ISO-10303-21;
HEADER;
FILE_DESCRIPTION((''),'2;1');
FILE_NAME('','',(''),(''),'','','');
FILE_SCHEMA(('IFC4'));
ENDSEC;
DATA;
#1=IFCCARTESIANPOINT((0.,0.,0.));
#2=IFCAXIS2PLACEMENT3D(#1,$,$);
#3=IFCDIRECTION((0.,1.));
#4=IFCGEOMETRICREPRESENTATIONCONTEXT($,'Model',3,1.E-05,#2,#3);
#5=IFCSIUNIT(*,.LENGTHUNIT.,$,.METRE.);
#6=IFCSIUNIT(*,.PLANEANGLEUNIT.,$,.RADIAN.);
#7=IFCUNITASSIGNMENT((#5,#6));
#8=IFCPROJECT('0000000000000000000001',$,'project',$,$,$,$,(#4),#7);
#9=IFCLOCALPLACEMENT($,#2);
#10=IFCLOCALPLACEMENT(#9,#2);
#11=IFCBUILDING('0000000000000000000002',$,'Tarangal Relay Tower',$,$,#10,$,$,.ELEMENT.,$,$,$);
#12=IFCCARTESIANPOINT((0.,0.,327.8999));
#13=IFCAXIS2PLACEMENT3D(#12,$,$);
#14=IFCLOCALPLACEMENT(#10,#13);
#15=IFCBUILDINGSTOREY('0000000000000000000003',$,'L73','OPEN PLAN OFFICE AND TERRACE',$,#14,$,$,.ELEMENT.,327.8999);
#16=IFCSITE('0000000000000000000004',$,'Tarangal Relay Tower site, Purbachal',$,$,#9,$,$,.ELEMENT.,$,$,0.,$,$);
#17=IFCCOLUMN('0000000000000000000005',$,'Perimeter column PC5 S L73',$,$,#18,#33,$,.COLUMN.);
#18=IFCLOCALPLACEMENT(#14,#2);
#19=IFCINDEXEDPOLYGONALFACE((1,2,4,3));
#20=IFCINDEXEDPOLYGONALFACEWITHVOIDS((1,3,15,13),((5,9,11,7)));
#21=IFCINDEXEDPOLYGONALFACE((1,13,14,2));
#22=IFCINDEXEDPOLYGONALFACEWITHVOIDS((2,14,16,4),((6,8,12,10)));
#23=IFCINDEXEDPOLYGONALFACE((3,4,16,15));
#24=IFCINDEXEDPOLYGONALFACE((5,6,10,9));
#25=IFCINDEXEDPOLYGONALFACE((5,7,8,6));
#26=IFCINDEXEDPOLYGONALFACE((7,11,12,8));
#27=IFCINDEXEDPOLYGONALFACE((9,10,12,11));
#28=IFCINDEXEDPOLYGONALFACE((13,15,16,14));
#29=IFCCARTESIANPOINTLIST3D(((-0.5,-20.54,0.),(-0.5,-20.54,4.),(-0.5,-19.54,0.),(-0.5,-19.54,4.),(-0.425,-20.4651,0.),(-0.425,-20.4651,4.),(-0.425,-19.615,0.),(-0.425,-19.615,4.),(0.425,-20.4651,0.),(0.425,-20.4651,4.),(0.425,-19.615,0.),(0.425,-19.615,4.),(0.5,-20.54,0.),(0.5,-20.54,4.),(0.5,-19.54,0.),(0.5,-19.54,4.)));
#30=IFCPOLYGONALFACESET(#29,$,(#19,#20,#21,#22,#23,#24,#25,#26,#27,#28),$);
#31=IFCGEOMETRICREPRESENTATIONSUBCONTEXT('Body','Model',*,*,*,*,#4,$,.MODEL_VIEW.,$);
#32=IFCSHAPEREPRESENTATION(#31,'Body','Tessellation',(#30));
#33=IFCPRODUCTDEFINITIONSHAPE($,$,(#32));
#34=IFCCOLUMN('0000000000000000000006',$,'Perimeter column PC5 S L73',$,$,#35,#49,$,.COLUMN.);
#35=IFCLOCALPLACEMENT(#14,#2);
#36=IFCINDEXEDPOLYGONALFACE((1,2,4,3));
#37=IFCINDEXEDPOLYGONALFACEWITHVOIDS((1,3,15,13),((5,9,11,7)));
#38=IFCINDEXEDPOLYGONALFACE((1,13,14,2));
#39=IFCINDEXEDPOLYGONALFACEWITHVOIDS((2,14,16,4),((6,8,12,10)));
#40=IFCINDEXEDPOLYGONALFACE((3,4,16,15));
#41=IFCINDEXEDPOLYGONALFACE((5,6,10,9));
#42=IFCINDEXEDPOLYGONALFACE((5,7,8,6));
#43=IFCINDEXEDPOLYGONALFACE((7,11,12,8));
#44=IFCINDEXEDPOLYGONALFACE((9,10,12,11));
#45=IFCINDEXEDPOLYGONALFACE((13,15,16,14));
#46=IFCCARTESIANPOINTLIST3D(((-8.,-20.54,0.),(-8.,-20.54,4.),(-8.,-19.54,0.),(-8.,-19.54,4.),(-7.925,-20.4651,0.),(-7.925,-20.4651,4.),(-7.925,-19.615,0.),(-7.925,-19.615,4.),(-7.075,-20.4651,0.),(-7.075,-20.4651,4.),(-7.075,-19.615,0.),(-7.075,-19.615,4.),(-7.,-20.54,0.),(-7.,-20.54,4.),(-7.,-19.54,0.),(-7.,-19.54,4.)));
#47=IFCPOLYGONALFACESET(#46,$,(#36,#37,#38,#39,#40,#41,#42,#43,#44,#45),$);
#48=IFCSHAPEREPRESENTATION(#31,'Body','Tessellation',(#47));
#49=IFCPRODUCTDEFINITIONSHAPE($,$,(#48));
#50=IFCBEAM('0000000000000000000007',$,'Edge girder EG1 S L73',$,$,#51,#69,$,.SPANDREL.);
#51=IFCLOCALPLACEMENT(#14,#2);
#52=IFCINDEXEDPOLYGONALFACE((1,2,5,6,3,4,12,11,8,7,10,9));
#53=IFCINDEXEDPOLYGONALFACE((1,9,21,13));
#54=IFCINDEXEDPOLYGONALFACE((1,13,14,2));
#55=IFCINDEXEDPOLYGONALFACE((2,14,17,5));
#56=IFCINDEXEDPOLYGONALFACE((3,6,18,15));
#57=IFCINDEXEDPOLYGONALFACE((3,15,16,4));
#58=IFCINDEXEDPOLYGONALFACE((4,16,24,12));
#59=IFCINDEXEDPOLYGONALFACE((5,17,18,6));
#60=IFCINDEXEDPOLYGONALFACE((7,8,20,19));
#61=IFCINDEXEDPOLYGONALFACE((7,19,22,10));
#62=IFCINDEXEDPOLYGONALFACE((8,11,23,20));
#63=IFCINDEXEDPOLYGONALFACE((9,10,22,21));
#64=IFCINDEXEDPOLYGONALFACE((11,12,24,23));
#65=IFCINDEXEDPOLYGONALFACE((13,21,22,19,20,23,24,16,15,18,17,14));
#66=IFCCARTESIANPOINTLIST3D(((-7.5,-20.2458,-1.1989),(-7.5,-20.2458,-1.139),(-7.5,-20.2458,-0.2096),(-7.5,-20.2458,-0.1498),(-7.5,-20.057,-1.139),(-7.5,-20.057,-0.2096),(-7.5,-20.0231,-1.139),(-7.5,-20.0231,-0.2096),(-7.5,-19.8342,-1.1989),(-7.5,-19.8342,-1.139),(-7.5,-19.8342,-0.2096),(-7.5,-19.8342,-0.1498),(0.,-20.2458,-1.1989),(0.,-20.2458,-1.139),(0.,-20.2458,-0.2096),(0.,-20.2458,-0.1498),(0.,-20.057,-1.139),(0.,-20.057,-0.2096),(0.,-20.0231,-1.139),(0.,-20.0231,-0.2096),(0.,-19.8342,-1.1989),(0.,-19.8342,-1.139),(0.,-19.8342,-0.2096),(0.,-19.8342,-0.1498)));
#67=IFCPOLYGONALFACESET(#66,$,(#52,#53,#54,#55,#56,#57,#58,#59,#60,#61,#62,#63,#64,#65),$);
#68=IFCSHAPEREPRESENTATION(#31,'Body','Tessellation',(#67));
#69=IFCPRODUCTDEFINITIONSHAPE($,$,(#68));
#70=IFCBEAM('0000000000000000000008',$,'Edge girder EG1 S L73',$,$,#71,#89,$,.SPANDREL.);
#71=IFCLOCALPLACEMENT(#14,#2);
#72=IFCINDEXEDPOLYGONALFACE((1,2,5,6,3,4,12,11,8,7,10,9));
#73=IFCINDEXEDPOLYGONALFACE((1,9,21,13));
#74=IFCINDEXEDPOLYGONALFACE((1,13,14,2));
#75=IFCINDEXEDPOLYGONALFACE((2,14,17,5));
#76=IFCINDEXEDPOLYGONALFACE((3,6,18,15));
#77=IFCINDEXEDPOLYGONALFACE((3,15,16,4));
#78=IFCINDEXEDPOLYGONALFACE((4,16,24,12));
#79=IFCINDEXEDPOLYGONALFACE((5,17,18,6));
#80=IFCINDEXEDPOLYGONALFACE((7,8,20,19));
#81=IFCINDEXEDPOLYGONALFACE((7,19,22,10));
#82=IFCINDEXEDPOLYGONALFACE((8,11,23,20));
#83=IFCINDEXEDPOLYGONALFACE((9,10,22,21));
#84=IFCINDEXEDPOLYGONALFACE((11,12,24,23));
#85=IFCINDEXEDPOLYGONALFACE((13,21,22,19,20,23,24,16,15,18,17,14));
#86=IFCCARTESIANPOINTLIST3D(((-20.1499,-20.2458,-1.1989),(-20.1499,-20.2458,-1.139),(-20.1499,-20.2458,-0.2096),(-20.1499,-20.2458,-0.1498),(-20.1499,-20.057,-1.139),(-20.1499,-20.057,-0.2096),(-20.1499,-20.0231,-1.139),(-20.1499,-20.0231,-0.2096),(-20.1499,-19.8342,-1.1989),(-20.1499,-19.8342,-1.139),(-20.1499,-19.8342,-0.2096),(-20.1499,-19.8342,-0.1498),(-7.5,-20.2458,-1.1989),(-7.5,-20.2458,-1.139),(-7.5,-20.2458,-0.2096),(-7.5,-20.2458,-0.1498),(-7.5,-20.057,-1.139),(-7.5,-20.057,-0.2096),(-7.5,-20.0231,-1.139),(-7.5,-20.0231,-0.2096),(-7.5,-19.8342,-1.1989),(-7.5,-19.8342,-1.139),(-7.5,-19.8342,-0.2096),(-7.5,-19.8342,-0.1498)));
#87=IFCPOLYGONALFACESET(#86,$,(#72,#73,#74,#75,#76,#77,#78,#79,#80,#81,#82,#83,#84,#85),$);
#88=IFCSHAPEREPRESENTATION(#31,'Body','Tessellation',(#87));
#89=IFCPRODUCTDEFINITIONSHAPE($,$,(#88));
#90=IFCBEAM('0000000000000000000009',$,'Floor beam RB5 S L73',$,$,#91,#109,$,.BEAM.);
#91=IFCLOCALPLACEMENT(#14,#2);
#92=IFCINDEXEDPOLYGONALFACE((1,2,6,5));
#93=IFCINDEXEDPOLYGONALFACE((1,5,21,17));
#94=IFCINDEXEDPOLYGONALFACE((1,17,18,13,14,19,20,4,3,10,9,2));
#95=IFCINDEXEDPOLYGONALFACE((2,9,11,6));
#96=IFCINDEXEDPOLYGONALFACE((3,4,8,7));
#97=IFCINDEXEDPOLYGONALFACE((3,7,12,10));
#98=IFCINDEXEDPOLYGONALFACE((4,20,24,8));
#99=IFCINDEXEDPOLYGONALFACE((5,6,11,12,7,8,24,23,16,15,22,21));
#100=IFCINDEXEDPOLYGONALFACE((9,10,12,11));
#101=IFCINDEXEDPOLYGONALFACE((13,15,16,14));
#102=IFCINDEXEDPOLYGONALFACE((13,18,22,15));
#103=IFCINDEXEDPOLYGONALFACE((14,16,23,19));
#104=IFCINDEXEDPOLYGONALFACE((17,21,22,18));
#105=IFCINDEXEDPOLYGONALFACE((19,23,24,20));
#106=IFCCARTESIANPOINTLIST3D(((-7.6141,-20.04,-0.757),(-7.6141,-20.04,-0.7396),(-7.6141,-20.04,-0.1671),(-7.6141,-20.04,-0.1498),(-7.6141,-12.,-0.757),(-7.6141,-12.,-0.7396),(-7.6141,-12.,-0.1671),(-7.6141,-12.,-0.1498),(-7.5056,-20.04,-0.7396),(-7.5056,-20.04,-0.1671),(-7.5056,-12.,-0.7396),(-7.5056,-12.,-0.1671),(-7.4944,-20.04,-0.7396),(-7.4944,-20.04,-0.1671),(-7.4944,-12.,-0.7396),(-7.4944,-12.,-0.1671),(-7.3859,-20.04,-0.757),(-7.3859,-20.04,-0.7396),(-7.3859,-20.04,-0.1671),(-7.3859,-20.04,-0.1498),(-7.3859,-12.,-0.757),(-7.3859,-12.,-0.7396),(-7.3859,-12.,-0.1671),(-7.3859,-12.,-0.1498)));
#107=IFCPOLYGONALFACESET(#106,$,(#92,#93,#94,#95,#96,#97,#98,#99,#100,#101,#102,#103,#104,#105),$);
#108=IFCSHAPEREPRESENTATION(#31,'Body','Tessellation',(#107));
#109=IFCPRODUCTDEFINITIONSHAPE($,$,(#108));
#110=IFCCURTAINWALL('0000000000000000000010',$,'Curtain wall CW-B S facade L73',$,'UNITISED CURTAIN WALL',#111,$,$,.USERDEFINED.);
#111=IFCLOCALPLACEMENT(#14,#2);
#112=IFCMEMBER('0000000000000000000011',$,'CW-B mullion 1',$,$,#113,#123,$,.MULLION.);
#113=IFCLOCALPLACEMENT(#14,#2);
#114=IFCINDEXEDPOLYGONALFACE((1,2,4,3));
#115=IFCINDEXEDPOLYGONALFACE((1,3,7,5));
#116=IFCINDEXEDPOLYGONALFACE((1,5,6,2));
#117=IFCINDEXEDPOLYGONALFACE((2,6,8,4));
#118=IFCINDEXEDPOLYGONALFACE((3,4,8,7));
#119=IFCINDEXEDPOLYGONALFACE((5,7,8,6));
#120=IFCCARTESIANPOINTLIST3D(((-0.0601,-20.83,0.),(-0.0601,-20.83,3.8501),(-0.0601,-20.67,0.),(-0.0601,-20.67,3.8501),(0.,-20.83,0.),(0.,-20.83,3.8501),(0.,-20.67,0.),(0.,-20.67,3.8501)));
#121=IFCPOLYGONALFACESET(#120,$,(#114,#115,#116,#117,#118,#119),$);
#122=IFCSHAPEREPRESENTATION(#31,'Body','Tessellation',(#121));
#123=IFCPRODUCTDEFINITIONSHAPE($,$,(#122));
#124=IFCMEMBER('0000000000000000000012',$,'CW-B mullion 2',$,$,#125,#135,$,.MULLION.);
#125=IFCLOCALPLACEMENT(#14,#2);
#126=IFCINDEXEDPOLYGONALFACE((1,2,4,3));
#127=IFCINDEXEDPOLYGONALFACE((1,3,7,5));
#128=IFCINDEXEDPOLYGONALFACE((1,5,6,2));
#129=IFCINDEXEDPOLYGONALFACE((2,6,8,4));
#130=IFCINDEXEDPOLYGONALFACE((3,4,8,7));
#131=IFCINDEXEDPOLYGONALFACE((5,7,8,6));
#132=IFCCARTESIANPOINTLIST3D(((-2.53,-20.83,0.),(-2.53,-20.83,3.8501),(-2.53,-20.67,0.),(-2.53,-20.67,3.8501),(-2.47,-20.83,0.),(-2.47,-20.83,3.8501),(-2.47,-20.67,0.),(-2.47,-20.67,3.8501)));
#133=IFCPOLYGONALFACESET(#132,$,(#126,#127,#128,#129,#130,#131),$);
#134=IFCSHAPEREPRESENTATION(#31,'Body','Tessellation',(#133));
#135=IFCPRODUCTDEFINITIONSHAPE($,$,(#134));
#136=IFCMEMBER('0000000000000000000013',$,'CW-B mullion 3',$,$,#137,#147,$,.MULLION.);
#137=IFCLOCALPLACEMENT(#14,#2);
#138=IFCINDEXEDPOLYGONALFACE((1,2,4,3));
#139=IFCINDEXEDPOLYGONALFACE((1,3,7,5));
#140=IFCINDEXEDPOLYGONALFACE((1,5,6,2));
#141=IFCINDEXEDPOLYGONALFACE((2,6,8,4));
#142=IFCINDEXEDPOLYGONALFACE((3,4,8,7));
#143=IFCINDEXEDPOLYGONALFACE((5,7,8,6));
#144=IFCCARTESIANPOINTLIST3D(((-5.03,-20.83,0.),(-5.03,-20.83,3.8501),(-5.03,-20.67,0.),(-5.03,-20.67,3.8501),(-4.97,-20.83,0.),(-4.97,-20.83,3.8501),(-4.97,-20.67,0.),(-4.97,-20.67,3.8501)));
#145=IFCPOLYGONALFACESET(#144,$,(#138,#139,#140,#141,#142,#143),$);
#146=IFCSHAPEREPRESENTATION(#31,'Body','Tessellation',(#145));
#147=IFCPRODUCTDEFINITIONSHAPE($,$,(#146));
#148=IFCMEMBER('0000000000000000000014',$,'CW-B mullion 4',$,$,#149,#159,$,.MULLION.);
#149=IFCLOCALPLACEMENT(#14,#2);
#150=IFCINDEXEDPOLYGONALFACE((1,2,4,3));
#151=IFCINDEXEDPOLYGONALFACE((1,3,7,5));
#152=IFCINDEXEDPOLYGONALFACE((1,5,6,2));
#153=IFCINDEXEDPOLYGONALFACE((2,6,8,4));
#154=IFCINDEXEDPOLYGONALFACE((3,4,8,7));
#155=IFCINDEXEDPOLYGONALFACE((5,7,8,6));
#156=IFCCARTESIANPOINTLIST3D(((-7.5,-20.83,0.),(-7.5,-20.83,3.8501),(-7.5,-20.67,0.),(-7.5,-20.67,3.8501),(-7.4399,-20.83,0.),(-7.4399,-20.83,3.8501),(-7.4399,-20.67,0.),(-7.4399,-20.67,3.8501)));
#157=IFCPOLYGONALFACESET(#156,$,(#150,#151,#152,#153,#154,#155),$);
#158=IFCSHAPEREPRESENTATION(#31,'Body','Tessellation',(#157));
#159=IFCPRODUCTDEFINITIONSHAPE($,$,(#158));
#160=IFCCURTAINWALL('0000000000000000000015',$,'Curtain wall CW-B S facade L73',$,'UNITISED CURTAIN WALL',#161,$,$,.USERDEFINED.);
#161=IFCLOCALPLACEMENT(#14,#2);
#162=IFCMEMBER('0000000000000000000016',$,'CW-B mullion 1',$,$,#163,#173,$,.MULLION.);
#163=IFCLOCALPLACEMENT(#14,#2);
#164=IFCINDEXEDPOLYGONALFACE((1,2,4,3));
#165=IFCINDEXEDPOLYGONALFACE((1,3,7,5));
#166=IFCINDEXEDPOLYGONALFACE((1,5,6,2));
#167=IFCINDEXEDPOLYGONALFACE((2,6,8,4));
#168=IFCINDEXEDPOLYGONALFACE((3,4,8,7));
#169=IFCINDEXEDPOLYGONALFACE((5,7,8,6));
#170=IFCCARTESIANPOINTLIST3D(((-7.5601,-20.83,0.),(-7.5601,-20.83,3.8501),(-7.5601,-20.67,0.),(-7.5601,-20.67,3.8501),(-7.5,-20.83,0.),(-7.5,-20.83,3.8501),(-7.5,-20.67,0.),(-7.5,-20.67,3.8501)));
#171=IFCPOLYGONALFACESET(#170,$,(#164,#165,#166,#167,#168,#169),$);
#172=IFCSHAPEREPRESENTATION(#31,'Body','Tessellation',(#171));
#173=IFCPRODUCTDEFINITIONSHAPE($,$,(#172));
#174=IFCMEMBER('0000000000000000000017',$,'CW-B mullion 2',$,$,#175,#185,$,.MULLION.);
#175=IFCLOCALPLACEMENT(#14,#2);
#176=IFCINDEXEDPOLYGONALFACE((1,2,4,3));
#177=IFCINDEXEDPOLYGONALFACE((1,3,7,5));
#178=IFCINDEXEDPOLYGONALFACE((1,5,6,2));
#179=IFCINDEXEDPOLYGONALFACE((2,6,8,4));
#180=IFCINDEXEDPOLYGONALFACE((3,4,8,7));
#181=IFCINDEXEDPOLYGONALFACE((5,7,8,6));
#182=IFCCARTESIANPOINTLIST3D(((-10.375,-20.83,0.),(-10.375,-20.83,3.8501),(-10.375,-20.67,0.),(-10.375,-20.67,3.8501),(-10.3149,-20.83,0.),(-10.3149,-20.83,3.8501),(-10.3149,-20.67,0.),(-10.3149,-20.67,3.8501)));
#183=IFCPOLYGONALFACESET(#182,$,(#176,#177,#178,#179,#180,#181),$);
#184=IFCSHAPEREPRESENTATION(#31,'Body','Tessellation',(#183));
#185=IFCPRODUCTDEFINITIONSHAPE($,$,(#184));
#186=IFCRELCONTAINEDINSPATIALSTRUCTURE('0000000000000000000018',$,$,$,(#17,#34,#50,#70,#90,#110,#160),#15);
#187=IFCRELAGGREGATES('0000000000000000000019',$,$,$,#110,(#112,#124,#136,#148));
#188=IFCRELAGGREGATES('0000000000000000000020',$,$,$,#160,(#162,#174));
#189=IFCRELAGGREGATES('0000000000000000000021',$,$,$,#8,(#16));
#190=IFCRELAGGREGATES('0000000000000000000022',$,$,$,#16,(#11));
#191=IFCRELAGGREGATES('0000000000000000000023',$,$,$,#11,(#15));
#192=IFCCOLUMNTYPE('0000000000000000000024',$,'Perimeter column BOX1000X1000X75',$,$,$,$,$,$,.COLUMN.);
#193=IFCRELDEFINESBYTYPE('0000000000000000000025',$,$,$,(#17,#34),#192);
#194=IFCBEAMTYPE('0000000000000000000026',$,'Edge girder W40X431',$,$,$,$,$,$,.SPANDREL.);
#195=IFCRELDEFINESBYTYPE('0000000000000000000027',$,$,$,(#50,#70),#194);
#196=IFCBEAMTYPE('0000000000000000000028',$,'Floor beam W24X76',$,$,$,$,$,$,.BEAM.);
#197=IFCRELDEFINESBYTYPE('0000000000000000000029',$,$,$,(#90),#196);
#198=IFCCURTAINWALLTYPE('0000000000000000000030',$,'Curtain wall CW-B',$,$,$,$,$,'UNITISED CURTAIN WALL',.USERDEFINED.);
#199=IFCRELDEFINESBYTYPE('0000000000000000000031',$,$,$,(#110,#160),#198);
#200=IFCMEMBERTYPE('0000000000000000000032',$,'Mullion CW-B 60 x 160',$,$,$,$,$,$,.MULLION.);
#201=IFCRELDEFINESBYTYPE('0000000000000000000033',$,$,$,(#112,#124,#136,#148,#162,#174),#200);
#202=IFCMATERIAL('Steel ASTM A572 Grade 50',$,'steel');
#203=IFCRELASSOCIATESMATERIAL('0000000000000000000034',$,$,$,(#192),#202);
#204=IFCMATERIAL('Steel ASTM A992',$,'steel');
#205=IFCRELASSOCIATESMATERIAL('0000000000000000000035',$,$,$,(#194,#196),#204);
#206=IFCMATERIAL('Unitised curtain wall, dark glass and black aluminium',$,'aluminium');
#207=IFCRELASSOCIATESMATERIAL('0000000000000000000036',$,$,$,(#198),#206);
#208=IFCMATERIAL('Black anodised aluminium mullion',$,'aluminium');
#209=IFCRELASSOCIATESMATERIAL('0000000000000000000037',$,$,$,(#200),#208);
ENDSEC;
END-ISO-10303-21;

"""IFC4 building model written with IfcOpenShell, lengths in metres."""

from ifc_helpers import new_model, si_unit, direction, frame, origin, origin_2d, place, context, subcontext, project, spatial, rectangle, hollow_rectangle, i_section, extrude, material, material_profile, profile_set, type_object, element, aggregate, save


model = new_model("IFC4")

# Units and contexts
model_context = context("Model", 3, precision=1e-05, world=origin(), true_north=direction((0.0, 1.0)))
body_context = subcontext(model_context, "Body", "Model", "MODEL_VIEW")
ifc_project = project(units=[si_unit("LENGTHUNIT", "METRE"), si_unit("PLANEANGLEUNIT", "RADIAN")], contexts=[model_context])

# Site, building, storey
site_placement = place(None, origin())
site = spatial("IfcSite", under=ifc_project, at=site_placement, Name="Tarangal Relay Tower site, Purbachal", CompositionType="ELEMENT", RefElevation=0.0)
building_placement = place(site_placement, origin())
building = spatial("IfcBuilding", under=site, at=building_placement, Name="Tarangal Relay Tower", CompositionType="ELEMENT")
storey_placement = place(building_placement, frame((0.0, 0.0, 327.8999)))
storey = spatial("IfcBuildingStorey", under=building, at=storey_placement, Name="L73", Description="OPEN PLAN OFFICE AND TERRACE", CompositionType="ELEMENT", Elevation=327.8999)

# Columns
ifc_material_1 = material(Name="Steel ASTM A572 Grade 50", Category="steel")
ifc_material_profile_1 = material_profile(ifc_material_1, hollow_rectangle(XDim=1.0, YDim=1.0, WallThickness=0.075, at=origin_2d()), Name="BOX1000X1000X75")
ifc_profile_set_1 = profile_set([ifc_material_profile_1], Name="Steel ASTM A572 Grade 50")
column_type = type_object("IfcColumnType", Name="Perimeter column BOX1000X1000X75", PredefinedType="COLUMN", material=ifc_profile_set_1)
for number, where, z_axis, x_axis, name in (
    (1, (0.0, -20.04, 0.0), (0.0, 0.0, 1.0), (1.0, 0.0, 0.0), "Perimeter column PC5 S L73"),
    (2, (-7.5, -20.04, 0.0), (0.0, 0.0, 1.0), (1.0, 0.0, 0.0), "Perimeter column PC5 S L73"),
):
    element("IfcColumn", number, at=place(storey_placement, frame(where, z_axis=z_axis, x_axis=x_axis)), inside=storey, type_object=column_type, Name=name, PredefinedType="COLUMN", context=body_context, shape_type="SweptSolid", body=[
        extrude(hollow_rectangle(XDim=1.0, YDim=1.0, WallThickness=0.075, at=origin_2d()), origin(), (0.0, 0.0, 1.0), 4.0),
    ])

# Beams
ifc_material_2 = material(Name="Steel ASTM A992", Category="steel")
ifc_material_profile_2 = material_profile(ifc_material_2, i_section(OverallWidth=0.4116, OverallDepth=1.0491, WebThickness=0.0339, FlangeThickness=0.0598, at=origin_2d()), Name="W40X431")
ifc_profile_set_2 = profile_set([ifc_material_profile_2], Name="Steel ASTM A992")
beam_type_1 = type_object("IfcBeamType", Name="Edge girder W40X431", PredefinedType="SPANDREL", material=ifc_profile_set_2)
beam_1_placement = place(storey_placement, frame((0.0, -20.04, -0.6743), z_axis=(-1.0, 0.0, 0.0), x_axis=(0.0, -1.0, 0.0)))
element("IfcBeam", 3, at=beam_1_placement, inside=storey, type_object=beam_type_1, Name="Edge girder EG1 S L73", PredefinedType="SPANDREL", context=body_context, shape_type="SweptSolid", body=[
    extrude(i_section(OverallWidth=0.4116, OverallDepth=1.0491, WebThickness=0.0339, FlangeThickness=0.0598, at=origin_2d()), origin(), (0.0, 0.0, 1.0), 7.5),
])
beam_2_placement = place(storey_placement, frame((-7.5, -20.04, -0.6743), z_axis=(-1.0, 0.0, 0.0), x_axis=(0.0, -1.0, 0.0)))
element("IfcBeam", 4, at=beam_2_placement, inside=storey, type_object=beam_type_1, Name="Edge girder EG1 S L73", PredefinedType="SPANDREL", context=body_context, shape_type="SweptSolid", body=[
    extrude(i_section(OverallWidth=0.4116, OverallDepth=1.0491, WebThickness=0.0339, FlangeThickness=0.0598, at=origin_2d()), origin(), (0.0, 0.0, 1.0), 12.6499),
])
ifc_material_profile_3 = material_profile(ifc_material_2, i_section(OverallWidth=0.2283, OverallDepth=0.6072, WebThickness=0.0112, FlangeThickness=0.0173, at=origin_2d()), Name="W24X76")
ifc_profile_set_3 = profile_set([ifc_material_profile_3], Name="Steel ASTM A992")
beam_type_2 = type_object("IfcBeamType", Name="Floor beam W24X76", PredefinedType="BEAM", material=ifc_profile_set_3)
beam_3_placement = place(storey_placement, frame((-7.5, -12.0, -0.4534), z_axis=(0.0, -1.0, 0.0), x_axis=(1.0, 0.0, 0.0)))
element("IfcBeam", 5, at=beam_3_placement, inside=storey, type_object=beam_type_2, Name="Floor beam RB5 S L73", PredefinedType="BEAM", context=body_context, shape_type="SweptSolid", body=[
    extrude(i_section(OverallWidth=0.2283, OverallDepth=0.6072, WebThickness=0.0112, FlangeThickness=0.0173, at=origin_2d()), origin(), (0.0, 0.0, 1.0), 8.04),
])

# Curtain walls, members
ifc_material_3 = material(Name="Unitised curtain wall, dark glass and black aluminium", Category="aluminium")
curtain_wall_type_1 = type_object("IfcCurtainWallType", Name="Curtain wall CW-B", ElementType="UNITISED CURTAIN WALL", PredefinedType="USERDEFINED", material=ifc_material_3)
curtain_wall_1_placement = place(storey_placement, origin())
curtain_wall_1 = element("IfcCurtainWall", 6, at=curtain_wall_1_placement, inside=storey, type_object=curtain_wall_type_1, Name="Curtain wall CW-B S facade L73", ObjectType="UNITISED CURTAIN WALL", PredefinedType="USERDEFINED")
ifc_material_4 = material(Name="Black anodised aluminium mullion", Category="aluminium")
ifc_material_profile_4 = material_profile(ifc_material_4, rectangle(XDim=0.1599, YDim=0.0601, at=origin_2d()), Name="CW-BM 60X160")
ifc_profile_set_4 = profile_set([ifc_material_profile_4], Name="Black anodised aluminium mullion")
member_type_1 = type_object("IfcMemberType", Name="Mullion CW-B 60 x 160", PredefinedType="MULLION", material=ifc_profile_set_4)
member_1_placement = place(storey_placement, frame((-0.03, -20.75, 0.0), z_axis=(0.0, 0.0, 1.0), x_axis=(0.0, -1.0, 0.0)))
member_1 = element("IfcMember", 7, at=member_1_placement, type_object=member_type_1, Name="CW-B mullion 1", PredefinedType="MULLION", context=body_context, shape_type="SweptSolid", body=[
    extrude(rectangle(XDim=0.1599, YDim=0.0601, at=origin_2d()), origin(), (0.0, 0.0, 1.0), 3.8501),
])
member_2_placement = place(storey_placement, frame((-2.5, -20.75, 0.0), z_axis=(0.0, 0.0, 1.0), x_axis=(0.0, -1.0, 0.0)))
member_2 = element("IfcMember", 8, at=member_2_placement, type_object=member_type_1, Name="CW-B mullion 2", PredefinedType="MULLION", context=body_context, shape_type="SweptSolid", body=[
    extrude(rectangle(XDim=0.1599, YDim=0.0601, at=origin_2d()), origin(), (0.0, 0.0, 1.0), 3.8501),
])
member_3_placement = place(storey_placement, frame((-5.0, -20.75, 0.0), z_axis=(0.0, 0.0, 1.0), x_axis=(0.0, -1.0, 0.0)))
member_3 = element("IfcMember", 9, at=member_3_placement, type_object=member_type_1, Name="CW-B mullion 3", PredefinedType="MULLION", context=body_context, shape_type="SweptSolid", body=[
    extrude(rectangle(XDim=0.1599, YDim=0.0601, at=origin_2d()), origin(), (0.0, 0.0, 1.0), 3.8501),
])
member_4_placement = place(storey_placement, frame((-7.47, -20.75, 0.0), z_axis=(0.0, 0.0, 1.0), x_axis=(0.0, -1.0, 0.0)))
member_4 = element("IfcMember", 10, at=member_4_placement, type_object=member_type_1, Name="CW-B mullion 4", PredefinedType="MULLION", context=body_context, shape_type="SweptSolid", body=[
    extrude(rectangle(XDim=0.1599, YDim=0.0601, at=origin_2d()), origin(), (0.0, 0.0, 1.0), 3.8501),
])
curtain_wall_2_placement = place(storey_placement, origin())
curtain_wall_2 = element("IfcCurtainWall", 11, at=curtain_wall_2_placement, inside=storey, type_object=curtain_wall_type_1, Name="Curtain wall CW-B S facade L73", ObjectType="UNITISED CURTAIN WALL", PredefinedType="USERDEFINED")
member_5_placement = place(storey_placement, frame((-7.53, -20.75, 0.0), z_axis=(0.0, 0.0, 1.0), x_axis=(0.0, -1.0, 0.0)))
member_5 = element("IfcMember", 12, at=member_5_placement, type_object=member_type_1, Name="CW-B mullion 1", PredefinedType="MULLION", context=body_context, shape_type="SweptSolid", body=[
    extrude(rectangle(XDim=0.1599, YDim=0.0601, at=origin_2d()), origin(), (0.0, 0.0, 1.0), 3.8501),
])
member_6_placement = place(storey_placement, frame((-10.345, -20.75, 0.0), z_axis=(0.0, 0.0, 1.0), x_axis=(0.0, -1.0, 0.0)))
member_6 = element("IfcMember", 13, at=member_6_placement, type_object=member_type_1, Name="CW-B mullion 2", PredefinedType="MULLION", context=body_context, shape_type="SweptSolid", body=[
    extrude(rectangle(XDim=0.1599, YDim=0.0601, at=origin_2d()), origin(), (0.0, 0.0, 1.0), 3.8501),
])

aggregate(curtain_wall_1, [member_1, member_2, member_3, member_4])
aggregate(curtain_wall_2, [member_5, member_6])

save(model, "model.ifc")
